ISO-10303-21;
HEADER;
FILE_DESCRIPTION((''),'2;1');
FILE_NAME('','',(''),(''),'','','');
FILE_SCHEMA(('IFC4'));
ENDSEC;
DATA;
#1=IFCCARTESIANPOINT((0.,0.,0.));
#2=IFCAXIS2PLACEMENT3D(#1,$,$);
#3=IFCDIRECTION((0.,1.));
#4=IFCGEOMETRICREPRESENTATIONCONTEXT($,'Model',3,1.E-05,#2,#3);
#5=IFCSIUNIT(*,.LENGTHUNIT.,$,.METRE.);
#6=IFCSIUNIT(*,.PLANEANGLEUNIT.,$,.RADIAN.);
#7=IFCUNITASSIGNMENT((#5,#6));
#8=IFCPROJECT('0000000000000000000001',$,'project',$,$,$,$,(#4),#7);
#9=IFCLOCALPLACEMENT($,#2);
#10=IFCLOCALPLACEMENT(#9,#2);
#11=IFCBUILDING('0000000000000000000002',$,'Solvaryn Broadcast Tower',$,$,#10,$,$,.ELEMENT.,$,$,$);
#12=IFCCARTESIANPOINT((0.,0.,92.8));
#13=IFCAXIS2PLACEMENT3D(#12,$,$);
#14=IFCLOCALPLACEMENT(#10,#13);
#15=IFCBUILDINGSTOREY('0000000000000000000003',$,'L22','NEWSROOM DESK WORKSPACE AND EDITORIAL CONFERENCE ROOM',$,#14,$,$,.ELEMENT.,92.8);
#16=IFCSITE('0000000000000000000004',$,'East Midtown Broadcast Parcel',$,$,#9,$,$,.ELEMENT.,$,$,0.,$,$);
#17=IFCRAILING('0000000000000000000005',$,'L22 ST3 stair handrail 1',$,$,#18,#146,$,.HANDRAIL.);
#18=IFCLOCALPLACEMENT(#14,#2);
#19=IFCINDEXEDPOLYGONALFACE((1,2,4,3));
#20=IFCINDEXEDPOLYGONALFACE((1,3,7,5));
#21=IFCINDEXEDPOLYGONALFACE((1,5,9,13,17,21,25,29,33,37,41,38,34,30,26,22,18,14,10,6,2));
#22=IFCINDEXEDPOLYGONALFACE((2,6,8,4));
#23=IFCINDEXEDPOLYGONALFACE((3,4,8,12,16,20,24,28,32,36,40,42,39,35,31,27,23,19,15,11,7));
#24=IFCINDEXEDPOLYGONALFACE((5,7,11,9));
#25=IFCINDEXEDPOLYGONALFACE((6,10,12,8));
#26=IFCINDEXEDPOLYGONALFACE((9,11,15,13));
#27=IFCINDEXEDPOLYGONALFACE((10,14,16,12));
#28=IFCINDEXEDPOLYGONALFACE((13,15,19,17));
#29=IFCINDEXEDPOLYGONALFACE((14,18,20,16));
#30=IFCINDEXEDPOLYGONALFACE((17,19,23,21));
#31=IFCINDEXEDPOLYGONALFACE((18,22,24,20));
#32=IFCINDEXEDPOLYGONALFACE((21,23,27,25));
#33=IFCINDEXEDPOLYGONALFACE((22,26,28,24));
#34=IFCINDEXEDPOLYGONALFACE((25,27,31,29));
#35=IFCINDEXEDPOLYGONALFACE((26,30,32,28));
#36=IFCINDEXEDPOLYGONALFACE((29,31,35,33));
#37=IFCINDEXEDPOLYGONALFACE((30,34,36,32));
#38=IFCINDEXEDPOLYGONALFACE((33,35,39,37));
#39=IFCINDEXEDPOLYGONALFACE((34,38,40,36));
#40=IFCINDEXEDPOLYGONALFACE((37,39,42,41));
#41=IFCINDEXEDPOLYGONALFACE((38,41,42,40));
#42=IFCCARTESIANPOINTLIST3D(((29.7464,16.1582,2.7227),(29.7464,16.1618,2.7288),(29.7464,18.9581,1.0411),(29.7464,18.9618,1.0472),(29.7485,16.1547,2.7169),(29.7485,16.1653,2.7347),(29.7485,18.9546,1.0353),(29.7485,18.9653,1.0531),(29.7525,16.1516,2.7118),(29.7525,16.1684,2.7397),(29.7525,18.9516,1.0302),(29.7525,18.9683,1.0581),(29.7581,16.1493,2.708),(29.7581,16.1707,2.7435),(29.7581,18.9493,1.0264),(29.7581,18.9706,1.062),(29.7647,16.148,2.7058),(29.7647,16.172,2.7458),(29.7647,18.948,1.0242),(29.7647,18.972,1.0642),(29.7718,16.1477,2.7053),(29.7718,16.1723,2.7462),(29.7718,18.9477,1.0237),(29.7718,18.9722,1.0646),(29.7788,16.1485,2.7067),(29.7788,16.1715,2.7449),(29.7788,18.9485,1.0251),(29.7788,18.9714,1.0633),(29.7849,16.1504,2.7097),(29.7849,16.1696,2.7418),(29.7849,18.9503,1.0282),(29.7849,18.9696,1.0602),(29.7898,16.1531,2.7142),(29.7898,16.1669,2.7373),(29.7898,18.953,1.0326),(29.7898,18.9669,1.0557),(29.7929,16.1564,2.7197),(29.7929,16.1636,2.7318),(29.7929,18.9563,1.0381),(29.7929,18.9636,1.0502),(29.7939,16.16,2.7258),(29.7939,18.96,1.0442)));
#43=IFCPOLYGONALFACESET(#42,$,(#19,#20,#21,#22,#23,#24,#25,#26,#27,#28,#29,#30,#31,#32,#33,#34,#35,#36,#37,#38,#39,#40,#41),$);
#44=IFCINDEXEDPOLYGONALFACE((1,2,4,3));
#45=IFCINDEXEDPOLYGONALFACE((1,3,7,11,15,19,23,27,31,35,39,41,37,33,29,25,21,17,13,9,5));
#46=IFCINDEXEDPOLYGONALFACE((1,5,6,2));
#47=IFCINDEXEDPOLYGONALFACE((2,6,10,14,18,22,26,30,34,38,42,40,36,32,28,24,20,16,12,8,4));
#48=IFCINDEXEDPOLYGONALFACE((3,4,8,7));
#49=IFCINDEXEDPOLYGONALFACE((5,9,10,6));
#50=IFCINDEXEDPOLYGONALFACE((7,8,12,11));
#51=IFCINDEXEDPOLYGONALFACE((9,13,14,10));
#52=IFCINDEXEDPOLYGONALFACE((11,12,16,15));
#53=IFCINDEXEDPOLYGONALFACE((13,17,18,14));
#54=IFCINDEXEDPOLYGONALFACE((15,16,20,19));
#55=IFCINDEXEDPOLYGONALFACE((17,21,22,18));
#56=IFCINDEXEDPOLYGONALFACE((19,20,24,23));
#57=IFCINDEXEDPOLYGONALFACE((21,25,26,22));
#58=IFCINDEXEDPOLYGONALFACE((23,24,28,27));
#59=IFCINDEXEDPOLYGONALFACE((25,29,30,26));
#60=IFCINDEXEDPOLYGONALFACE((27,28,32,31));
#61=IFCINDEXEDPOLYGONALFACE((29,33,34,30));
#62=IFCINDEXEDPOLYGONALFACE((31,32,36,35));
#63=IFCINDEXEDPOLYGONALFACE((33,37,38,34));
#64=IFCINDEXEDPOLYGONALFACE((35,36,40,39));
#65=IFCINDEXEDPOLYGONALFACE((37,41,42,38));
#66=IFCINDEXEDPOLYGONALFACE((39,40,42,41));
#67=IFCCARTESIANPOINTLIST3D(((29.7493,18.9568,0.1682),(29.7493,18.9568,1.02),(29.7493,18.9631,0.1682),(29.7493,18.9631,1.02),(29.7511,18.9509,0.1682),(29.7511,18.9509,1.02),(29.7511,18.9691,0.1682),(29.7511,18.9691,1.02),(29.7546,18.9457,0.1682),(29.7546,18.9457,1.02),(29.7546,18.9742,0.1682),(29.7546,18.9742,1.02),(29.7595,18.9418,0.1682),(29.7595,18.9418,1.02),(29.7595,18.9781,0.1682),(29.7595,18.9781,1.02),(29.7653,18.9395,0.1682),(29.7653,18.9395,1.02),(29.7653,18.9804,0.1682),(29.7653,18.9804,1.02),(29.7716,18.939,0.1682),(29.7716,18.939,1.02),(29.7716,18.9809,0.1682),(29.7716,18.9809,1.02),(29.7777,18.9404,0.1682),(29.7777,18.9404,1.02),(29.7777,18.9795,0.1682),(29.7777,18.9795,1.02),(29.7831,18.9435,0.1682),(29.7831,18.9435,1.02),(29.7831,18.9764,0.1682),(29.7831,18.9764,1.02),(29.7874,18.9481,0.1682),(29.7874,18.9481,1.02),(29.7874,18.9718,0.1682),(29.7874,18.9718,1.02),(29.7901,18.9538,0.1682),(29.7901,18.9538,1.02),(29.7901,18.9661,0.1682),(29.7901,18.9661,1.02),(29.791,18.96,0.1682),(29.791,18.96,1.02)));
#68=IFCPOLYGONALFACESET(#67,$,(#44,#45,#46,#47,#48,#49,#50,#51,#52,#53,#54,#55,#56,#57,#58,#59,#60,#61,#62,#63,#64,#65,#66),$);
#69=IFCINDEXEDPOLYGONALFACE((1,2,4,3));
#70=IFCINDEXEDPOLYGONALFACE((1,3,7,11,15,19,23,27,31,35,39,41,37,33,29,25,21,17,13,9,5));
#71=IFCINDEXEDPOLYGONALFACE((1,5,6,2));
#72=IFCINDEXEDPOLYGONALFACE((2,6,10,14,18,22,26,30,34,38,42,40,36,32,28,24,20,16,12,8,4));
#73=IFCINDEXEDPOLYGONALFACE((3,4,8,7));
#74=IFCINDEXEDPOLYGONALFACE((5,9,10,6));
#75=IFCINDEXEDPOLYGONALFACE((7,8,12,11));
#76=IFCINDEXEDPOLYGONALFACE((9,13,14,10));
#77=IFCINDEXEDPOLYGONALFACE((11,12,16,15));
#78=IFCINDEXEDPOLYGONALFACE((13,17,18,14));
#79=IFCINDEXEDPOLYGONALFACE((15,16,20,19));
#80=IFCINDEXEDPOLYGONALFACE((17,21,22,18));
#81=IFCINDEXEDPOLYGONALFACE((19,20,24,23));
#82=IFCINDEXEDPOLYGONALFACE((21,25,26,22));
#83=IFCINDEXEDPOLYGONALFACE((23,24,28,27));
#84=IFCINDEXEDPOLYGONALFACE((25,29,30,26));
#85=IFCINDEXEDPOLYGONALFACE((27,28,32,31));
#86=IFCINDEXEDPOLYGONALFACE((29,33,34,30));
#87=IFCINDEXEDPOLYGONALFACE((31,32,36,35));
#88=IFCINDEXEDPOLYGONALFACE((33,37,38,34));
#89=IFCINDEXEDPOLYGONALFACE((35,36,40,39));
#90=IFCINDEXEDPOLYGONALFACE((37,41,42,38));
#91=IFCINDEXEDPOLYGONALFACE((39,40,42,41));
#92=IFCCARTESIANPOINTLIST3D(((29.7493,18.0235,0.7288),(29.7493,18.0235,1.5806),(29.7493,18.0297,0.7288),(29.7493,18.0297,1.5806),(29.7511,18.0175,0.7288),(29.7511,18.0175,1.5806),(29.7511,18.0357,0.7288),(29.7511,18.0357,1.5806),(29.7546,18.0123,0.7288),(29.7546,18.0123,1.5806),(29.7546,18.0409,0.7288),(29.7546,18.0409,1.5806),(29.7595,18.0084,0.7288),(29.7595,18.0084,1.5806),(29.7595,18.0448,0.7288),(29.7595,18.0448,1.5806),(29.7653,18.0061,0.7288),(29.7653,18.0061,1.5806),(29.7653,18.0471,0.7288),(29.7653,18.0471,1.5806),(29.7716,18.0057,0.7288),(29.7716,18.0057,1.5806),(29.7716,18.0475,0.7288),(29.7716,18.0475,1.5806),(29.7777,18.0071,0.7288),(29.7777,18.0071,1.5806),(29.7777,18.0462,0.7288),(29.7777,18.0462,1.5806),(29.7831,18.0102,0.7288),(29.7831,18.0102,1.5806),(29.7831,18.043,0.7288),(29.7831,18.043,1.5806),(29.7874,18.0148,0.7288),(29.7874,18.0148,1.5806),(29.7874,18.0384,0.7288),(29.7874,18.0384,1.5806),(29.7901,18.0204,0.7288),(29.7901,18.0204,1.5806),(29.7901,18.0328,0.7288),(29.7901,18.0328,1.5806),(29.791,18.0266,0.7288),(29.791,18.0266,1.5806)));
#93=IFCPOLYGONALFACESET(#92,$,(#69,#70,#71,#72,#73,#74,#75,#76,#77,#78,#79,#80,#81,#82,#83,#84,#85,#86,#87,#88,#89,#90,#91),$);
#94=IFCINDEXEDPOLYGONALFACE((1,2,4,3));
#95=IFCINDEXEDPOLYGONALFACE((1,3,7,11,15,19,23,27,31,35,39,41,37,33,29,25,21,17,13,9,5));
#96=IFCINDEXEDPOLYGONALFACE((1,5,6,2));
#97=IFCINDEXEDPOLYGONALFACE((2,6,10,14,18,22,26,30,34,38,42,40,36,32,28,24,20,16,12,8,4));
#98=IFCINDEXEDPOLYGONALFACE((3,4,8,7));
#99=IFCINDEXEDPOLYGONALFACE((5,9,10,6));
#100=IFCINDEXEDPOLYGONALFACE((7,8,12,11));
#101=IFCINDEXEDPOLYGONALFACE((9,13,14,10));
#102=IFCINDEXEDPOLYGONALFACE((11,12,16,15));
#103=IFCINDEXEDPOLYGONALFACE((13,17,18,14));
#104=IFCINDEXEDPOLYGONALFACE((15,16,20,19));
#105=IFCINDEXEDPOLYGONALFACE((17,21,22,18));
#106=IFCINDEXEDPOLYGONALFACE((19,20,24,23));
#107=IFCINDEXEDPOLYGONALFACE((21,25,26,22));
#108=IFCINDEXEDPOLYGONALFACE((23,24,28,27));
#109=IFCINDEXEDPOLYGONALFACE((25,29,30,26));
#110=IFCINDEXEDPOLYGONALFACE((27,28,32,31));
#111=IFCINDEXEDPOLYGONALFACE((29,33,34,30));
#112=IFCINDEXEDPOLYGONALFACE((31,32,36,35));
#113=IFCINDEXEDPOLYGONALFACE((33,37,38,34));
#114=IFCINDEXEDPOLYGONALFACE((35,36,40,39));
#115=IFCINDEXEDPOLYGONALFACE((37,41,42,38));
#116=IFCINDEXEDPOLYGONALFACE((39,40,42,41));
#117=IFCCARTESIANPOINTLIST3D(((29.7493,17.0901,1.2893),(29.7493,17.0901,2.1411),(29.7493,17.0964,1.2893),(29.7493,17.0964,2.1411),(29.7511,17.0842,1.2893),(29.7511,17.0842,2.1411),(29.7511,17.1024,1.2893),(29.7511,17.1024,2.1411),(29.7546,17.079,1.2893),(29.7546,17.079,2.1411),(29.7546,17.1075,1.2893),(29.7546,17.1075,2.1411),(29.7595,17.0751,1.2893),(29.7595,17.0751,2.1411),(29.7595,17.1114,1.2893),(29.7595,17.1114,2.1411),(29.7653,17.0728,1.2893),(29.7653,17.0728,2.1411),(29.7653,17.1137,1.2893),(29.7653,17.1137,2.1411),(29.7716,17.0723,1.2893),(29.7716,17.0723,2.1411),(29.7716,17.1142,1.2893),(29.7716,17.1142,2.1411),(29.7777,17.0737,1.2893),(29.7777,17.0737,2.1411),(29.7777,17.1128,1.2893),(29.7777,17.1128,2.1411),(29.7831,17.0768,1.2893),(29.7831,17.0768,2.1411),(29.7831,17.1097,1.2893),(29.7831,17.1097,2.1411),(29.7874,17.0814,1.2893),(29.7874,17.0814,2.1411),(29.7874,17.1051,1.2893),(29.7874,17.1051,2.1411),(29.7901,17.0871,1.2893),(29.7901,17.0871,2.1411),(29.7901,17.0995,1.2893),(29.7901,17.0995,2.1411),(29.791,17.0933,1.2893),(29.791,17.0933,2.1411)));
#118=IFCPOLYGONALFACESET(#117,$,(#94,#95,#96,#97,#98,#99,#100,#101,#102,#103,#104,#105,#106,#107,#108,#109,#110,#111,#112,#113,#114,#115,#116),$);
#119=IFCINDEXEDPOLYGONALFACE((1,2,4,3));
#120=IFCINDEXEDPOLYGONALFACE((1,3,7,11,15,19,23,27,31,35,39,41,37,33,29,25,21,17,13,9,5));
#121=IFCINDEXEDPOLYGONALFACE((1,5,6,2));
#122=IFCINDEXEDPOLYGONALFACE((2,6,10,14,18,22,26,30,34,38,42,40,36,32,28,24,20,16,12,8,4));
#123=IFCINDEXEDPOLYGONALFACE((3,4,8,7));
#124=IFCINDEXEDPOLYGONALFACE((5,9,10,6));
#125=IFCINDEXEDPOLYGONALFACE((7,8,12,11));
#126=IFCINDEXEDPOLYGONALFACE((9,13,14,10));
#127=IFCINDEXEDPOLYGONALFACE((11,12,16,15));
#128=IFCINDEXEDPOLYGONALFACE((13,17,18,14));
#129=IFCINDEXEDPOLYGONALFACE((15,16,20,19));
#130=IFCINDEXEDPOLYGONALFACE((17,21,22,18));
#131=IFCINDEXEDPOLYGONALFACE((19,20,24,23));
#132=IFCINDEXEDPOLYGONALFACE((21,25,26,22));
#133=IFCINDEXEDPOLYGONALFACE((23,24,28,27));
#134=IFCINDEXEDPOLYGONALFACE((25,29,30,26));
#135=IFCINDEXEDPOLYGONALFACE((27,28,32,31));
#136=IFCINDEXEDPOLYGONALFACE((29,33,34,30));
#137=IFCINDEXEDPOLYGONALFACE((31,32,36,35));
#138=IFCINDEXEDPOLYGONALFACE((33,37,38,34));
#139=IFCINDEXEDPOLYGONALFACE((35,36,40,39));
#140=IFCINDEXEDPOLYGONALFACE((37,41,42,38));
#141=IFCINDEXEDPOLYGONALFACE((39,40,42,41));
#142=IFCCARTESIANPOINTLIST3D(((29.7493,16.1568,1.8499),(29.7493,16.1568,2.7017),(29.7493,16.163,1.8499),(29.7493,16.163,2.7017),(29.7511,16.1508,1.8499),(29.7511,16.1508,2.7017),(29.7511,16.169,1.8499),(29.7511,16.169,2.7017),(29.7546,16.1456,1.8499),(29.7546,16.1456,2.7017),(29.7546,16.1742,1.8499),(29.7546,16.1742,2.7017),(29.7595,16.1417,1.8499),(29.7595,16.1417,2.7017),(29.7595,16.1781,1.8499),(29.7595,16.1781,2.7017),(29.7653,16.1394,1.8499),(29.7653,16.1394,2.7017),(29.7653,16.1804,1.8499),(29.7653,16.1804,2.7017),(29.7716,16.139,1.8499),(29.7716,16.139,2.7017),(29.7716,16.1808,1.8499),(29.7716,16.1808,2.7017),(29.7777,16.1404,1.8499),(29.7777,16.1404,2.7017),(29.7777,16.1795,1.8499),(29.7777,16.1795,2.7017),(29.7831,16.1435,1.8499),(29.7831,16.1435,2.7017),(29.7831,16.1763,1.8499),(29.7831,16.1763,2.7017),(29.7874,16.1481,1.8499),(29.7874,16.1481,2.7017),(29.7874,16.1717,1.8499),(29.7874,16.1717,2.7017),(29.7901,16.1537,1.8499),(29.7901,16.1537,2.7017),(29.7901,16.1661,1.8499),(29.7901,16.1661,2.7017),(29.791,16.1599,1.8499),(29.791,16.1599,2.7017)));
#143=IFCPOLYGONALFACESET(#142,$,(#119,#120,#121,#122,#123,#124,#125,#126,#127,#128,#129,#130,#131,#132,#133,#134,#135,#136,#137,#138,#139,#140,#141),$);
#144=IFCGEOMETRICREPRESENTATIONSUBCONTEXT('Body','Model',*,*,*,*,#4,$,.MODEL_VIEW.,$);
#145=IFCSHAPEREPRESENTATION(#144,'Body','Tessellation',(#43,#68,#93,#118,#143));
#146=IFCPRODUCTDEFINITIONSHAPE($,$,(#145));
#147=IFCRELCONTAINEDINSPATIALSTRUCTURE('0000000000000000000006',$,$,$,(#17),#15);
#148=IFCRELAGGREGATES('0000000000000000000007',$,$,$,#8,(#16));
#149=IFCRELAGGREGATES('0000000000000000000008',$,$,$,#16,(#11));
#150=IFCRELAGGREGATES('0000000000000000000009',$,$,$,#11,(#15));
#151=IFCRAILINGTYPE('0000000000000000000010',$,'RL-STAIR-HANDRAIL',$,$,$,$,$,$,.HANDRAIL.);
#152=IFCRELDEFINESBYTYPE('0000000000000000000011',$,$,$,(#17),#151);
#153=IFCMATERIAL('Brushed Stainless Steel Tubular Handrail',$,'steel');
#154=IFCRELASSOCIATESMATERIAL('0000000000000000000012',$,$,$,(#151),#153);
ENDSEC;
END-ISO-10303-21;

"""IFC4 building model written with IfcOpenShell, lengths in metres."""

from ifc_helpers import new_model, si_unit, direction, frame, origin, origin_2d, place, context, subcontext, project, spatial, circle, extrude, material, type_object, element, save


model = new_model("IFC4")

# Units and contexts
model_context = context("Model", 3, precision=1e-05, world=origin(), true_north=direction((0.0, 1.0)))
body_context = subcontext(model_context, "Body", "Model", "MODEL_VIEW")
ifc_project = project(units=[si_unit("LENGTHUNIT", "METRE"), si_unit("PLANEANGLEUNIT", "RADIAN")], contexts=[model_context])

# Site, building, storey
site_placement = place(None, origin())
site = spatial("IfcSite", under=ifc_project, at=site_placement, Name="East Midtown Broadcast Parcel", CompositionType="ELEMENT", RefElevation=0.0)
building_placement = place(site_placement, origin())
building = spatial("IfcBuilding", under=site, at=building_placement, Name="Solvaryn Broadcast Tower", CompositionType="ELEMENT")
storey_placement = place(building_placement, frame((0.0, 0.0, 92.8)))
storey = spatial("IfcBuildingStorey", under=building, at=storey_placement, Name="L22", Description="NEWSROOM DESK WORKSPACE AND EDITORIAL CONFERENCE ROOM", CompositionType="ELEMENT", Elevation=92.8)

# Railing
ifc_material_1 = material(Name="Brushed Stainless Steel Tubular Handrail", Category="steel")
railing_type_1 = type_object("IfcRailingType", Name="RL-STAIR-HANDRAIL", PredefinedType="HANDRAIL", material=ifc_material_1)
railing_1_placement = place(storey_placement, frame((29.77, 18.96, 0.1682)))
element("IfcRailing", 1, at=railing_1_placement, inside=storey, type_object=railing_type_1, Name="L22 ST3 stair handrail 1", PredefinedType="HANDRAIL", context=body_context, shape_type="SweptSolid", body=[
    extrude(circle(Radius=0.0239, at=origin_2d()), frame((0.0, 0.0, 0.876), z_axis=(0.0, -0.857275, 0.514858), x_axis=(1.0, 0.0, 0.0)), (0.0, 0.0, 1.0), 3.2661),
    extrude(circle(Radius=0.021, at=origin_2d()), origin(), (0.0, 0.0, 1.0), 0.8518),
    extrude(circle(Radius=0.021, at=origin_2d()), frame((0.0, -0.9333, 0.5605)), (0.0, 0.0, 1.0), 0.8518),
    extrude(circle(Radius=0.021, at=origin_2d()), frame((0.0, -1.8667, 1.1211)), (0.0, 0.0, 1.0), 0.8518),
    extrude(circle(Radius=0.021, at=origin_2d()), frame((0.0, -2.8, 1.6816)), (0.0, 0.0, 1.0), 0.8518),
])

save(model, "model.ifc")
